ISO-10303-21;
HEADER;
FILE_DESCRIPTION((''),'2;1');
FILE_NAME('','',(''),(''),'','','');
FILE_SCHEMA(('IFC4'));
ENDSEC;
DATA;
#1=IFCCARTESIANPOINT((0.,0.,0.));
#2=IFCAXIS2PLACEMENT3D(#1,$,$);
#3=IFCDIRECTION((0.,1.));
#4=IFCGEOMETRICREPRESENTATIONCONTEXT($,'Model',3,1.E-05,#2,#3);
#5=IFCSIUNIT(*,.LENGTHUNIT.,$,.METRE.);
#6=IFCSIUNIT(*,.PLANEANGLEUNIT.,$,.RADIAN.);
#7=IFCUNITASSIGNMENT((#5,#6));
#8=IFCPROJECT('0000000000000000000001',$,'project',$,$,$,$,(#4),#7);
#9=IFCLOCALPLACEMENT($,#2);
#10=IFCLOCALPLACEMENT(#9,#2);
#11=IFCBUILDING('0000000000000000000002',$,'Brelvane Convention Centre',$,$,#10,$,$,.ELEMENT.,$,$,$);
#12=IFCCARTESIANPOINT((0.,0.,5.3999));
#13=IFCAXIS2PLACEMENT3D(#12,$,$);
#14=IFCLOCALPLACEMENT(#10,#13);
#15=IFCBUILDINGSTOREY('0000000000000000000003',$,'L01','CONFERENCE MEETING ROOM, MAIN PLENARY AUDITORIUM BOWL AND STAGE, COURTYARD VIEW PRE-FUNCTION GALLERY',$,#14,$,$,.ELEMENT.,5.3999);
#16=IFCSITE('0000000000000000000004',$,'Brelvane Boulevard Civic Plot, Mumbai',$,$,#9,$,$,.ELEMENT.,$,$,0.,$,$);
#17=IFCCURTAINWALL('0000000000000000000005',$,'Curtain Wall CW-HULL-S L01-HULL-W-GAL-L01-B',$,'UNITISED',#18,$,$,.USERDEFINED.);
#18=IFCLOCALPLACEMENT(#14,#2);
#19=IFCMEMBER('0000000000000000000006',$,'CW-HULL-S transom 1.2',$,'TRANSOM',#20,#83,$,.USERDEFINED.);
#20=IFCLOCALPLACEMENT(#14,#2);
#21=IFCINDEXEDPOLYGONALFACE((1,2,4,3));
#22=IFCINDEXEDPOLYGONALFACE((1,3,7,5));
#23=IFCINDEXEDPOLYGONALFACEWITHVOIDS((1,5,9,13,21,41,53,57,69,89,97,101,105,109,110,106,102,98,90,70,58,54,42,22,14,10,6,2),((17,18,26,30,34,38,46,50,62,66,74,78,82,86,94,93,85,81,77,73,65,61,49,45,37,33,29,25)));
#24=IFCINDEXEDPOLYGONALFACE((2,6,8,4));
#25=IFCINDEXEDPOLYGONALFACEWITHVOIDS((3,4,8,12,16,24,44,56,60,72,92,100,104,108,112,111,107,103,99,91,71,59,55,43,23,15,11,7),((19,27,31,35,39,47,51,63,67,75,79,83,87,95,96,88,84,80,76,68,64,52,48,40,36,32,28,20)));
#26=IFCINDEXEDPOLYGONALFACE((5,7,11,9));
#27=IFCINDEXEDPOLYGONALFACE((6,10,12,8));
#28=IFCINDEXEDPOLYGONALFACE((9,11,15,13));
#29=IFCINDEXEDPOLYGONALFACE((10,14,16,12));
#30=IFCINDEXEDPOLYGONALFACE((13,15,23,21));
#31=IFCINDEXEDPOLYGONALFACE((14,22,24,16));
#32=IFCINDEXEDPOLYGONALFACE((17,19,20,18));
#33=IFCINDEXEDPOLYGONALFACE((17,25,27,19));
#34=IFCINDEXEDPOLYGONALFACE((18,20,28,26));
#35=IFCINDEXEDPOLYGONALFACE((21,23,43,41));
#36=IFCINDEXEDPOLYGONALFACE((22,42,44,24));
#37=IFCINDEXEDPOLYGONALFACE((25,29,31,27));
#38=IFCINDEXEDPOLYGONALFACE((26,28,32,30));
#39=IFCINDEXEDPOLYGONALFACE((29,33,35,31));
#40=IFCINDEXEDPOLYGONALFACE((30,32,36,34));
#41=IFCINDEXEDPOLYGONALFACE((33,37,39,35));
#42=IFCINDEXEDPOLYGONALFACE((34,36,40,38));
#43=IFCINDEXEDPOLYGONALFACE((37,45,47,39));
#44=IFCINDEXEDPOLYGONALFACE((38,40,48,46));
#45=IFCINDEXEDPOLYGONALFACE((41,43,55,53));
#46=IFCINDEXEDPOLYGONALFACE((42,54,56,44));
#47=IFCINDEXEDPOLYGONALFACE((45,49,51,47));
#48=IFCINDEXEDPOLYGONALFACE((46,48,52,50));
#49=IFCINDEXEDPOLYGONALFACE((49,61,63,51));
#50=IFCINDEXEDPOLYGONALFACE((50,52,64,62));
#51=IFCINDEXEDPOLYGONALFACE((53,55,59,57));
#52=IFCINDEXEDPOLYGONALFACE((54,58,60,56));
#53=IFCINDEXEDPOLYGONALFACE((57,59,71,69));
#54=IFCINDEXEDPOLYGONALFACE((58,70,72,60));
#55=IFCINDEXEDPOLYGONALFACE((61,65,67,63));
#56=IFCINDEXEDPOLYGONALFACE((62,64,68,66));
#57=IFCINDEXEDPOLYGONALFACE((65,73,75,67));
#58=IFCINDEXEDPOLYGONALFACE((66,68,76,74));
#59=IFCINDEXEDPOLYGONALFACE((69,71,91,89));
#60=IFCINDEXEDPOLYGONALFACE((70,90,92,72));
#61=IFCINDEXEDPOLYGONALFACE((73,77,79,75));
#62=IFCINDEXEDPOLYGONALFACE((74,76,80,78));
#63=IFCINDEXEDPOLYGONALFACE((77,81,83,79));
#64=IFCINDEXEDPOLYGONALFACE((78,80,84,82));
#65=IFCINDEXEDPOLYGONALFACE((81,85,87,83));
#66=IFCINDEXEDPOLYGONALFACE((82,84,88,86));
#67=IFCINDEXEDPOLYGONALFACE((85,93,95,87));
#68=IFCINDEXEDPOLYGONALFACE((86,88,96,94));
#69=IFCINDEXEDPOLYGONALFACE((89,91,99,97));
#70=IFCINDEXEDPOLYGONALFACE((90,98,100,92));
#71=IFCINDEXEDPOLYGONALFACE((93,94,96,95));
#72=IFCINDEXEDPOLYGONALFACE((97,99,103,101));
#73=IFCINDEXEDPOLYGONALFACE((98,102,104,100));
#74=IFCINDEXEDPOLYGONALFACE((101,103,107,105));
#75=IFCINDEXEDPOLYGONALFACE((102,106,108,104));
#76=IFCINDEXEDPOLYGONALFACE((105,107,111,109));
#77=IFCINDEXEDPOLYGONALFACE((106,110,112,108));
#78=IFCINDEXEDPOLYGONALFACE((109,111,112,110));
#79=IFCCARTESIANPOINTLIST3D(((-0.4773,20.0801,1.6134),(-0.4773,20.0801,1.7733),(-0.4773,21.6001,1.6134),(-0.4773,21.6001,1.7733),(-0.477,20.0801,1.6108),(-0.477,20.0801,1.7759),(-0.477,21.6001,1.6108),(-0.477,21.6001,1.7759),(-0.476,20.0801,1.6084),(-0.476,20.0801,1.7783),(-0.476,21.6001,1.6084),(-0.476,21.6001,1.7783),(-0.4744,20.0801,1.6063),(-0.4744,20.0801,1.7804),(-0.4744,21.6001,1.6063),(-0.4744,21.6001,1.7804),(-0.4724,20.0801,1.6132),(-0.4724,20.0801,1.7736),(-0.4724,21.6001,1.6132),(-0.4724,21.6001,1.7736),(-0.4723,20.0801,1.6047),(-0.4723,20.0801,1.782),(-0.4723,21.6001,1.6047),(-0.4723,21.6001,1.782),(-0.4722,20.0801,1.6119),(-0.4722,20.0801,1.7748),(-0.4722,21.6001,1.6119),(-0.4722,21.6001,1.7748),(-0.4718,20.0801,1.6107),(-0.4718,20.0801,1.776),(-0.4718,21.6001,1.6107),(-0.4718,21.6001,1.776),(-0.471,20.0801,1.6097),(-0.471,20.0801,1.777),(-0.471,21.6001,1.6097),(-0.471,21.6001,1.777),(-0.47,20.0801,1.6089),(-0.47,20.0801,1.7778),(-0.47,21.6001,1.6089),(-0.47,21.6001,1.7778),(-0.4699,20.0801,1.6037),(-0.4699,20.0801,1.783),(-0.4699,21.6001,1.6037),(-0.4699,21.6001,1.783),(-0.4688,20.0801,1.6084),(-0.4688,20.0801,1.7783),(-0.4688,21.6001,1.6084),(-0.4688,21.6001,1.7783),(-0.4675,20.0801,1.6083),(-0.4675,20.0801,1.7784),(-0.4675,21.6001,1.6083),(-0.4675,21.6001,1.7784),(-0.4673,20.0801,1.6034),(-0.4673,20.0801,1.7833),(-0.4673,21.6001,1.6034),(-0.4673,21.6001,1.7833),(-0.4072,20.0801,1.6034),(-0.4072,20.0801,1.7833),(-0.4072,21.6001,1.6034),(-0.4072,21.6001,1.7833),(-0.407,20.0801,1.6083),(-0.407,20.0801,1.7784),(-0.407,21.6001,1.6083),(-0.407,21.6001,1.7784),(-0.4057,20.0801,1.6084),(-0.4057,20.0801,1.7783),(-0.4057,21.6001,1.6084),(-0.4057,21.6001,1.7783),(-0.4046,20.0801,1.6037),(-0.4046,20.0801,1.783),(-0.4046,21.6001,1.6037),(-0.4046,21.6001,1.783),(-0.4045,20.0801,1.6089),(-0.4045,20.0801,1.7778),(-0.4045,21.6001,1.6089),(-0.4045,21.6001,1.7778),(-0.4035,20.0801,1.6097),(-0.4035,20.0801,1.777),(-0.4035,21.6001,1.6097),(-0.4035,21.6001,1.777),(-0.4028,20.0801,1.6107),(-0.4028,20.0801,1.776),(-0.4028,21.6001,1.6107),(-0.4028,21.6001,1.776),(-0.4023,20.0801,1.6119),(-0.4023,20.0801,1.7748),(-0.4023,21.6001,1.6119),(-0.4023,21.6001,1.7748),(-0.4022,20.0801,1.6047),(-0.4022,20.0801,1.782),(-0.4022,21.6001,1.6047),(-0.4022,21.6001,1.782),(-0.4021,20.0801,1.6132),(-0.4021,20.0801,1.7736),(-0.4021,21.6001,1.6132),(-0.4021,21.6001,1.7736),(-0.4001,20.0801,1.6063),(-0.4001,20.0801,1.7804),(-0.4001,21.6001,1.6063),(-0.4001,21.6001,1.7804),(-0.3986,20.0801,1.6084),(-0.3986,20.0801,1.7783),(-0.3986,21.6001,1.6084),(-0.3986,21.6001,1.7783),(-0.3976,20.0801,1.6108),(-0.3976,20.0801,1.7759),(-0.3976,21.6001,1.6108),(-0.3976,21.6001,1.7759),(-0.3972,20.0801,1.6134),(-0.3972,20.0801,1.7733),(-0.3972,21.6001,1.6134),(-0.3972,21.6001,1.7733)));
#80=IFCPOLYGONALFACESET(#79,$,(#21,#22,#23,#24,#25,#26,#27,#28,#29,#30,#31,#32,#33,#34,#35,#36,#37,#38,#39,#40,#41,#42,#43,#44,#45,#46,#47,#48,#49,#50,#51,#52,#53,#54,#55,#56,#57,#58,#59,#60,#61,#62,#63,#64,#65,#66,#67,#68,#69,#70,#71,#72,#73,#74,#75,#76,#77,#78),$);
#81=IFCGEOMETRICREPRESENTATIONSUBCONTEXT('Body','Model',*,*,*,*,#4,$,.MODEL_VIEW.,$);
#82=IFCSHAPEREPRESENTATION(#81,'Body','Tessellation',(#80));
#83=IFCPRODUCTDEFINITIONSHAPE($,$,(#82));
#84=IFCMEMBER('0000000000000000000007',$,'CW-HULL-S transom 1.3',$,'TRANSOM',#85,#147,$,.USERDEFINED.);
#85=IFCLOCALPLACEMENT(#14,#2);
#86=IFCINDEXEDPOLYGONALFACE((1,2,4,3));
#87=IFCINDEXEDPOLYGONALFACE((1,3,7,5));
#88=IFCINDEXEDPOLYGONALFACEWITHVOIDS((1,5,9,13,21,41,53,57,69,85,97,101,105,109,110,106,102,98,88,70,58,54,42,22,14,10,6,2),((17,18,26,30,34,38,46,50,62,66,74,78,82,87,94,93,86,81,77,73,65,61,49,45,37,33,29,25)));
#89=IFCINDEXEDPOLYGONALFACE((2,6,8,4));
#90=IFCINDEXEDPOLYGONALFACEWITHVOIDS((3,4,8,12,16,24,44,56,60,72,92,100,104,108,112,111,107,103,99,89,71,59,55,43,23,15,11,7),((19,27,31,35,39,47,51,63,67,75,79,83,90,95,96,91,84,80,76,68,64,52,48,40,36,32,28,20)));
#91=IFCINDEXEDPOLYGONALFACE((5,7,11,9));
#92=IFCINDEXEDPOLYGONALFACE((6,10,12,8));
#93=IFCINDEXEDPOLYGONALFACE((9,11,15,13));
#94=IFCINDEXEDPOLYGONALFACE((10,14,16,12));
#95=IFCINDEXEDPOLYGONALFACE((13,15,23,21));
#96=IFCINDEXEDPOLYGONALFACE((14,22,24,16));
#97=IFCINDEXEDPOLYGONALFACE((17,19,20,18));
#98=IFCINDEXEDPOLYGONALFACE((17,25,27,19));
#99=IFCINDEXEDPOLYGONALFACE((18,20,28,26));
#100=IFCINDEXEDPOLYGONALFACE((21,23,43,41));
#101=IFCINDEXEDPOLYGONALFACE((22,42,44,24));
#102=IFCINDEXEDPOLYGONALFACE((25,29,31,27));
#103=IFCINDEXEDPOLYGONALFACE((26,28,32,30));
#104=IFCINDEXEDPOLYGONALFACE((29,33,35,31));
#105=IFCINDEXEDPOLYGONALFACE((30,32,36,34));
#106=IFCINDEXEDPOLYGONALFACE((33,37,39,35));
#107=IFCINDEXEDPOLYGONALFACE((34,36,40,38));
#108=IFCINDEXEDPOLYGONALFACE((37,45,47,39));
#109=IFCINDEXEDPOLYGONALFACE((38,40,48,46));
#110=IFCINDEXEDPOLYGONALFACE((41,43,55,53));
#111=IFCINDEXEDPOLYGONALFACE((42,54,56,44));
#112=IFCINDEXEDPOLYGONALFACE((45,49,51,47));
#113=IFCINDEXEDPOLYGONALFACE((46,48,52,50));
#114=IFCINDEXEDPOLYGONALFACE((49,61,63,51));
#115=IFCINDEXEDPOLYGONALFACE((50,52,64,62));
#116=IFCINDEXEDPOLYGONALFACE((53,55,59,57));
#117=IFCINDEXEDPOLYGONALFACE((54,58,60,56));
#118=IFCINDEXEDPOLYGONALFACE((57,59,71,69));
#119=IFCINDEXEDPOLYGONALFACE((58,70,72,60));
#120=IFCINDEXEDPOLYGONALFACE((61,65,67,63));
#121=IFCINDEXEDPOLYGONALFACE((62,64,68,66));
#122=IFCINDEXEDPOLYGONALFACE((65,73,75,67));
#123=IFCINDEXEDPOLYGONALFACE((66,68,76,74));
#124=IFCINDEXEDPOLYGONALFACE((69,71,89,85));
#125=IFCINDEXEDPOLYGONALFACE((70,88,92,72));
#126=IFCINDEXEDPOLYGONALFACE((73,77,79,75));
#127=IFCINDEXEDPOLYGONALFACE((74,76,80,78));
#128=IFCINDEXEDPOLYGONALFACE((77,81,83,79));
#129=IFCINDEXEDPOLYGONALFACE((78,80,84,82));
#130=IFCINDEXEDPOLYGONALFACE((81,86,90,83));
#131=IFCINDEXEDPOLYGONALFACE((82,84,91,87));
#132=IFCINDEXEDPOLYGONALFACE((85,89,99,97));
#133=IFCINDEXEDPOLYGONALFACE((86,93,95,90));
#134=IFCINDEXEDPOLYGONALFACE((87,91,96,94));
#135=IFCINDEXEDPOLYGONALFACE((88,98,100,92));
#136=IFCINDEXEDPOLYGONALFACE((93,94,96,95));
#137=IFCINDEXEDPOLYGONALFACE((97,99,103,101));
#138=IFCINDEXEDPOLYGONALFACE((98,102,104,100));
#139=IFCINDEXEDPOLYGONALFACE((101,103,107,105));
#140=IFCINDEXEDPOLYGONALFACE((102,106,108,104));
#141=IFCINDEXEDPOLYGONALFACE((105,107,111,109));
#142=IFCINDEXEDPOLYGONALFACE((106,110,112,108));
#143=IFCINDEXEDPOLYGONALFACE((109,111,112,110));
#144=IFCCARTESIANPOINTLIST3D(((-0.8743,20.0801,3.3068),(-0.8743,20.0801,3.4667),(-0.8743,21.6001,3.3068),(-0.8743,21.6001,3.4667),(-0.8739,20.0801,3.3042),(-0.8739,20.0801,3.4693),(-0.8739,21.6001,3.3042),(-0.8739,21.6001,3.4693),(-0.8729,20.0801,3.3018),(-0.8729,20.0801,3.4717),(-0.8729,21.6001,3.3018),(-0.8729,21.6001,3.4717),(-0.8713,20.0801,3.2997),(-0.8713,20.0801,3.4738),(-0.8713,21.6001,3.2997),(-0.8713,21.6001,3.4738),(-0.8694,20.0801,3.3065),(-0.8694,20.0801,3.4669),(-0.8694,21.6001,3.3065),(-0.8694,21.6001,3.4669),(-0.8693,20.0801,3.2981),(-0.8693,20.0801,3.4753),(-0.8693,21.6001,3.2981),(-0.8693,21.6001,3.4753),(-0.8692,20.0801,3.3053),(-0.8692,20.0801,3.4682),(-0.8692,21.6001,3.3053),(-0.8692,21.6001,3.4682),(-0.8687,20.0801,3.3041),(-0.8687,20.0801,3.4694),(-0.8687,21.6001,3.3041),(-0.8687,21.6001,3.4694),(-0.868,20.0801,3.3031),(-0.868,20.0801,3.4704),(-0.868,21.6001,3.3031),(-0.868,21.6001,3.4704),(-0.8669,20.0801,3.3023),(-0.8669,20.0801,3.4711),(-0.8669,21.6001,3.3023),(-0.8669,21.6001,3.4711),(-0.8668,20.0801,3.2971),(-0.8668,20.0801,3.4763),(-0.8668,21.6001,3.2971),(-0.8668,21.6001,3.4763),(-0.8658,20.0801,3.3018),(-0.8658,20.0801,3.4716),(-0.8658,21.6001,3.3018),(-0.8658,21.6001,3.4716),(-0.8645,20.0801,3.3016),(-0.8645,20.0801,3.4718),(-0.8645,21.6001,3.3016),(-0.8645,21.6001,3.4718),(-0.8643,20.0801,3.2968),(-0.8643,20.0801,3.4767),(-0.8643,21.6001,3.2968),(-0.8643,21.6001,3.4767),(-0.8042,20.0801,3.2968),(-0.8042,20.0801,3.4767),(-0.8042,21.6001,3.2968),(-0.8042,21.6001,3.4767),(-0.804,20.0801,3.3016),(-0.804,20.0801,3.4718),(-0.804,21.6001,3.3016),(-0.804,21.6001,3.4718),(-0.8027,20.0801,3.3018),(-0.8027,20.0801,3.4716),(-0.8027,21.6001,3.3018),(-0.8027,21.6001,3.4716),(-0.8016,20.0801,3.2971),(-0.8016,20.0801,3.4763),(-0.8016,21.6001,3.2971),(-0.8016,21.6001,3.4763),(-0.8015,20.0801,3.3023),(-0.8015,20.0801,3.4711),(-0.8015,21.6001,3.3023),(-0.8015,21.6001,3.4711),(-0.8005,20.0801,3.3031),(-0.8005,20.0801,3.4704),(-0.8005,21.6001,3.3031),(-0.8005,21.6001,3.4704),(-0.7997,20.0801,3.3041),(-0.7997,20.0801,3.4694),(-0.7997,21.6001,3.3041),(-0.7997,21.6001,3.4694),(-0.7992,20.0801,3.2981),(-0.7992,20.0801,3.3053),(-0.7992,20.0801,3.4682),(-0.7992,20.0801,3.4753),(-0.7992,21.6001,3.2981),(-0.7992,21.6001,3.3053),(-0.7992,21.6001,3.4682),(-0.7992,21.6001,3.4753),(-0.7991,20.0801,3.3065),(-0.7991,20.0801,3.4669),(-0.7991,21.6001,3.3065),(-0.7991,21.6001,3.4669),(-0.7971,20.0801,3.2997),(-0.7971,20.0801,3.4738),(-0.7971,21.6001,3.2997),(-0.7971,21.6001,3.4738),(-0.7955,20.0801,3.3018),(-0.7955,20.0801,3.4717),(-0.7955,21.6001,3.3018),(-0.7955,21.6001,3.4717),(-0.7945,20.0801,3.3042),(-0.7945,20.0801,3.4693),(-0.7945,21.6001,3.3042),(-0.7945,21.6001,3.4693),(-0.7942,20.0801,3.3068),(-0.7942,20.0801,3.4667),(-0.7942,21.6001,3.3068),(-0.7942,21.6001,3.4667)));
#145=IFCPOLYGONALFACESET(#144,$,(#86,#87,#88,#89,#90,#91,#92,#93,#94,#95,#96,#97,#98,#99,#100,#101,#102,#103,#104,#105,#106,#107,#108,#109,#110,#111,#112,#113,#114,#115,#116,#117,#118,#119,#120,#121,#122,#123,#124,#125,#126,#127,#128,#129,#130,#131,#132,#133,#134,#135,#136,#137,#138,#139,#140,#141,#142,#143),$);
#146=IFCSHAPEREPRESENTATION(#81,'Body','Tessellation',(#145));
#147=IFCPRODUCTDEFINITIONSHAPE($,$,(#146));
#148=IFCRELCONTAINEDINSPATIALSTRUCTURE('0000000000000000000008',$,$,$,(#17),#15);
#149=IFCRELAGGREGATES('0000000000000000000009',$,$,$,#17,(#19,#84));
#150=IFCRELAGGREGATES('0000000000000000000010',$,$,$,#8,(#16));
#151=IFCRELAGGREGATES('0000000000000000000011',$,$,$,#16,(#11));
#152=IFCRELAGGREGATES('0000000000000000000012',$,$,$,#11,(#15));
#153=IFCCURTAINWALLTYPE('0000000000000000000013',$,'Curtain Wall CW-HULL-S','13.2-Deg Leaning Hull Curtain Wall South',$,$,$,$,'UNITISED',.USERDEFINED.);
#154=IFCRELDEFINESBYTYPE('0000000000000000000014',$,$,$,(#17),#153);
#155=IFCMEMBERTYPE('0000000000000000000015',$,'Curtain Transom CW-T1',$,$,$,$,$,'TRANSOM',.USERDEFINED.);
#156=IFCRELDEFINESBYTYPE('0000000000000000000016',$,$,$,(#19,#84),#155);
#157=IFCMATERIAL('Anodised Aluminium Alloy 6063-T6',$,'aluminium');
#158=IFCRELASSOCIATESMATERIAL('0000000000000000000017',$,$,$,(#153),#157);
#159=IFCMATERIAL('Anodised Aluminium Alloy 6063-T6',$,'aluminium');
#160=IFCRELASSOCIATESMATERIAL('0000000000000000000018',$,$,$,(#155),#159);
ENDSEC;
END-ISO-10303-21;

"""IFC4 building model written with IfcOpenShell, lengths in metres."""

from ifc_helpers import new_model, si_unit, direction, frame, origin, origin_2d, place, context, subcontext, project, spatial, hollow_rectangle, extrude, material, material_profile, profile_set, type_object, element, aggregate, save


model = new_model("IFC4")

# Units and contexts
model_context = context("Model", 3, precision=1e-05, world=origin(), true_north=direction((0.0, 1.0)))
body_context = subcontext(model_context, "Body", "Model", "MODEL_VIEW")
ifc_project = project(units=[si_unit("LENGTHUNIT", "METRE"), si_unit("PLANEANGLEUNIT", "RADIAN")], contexts=[model_context])

# Site, building, storey
site_placement = place(None, origin())
site = spatial("IfcSite", under=ifc_project, at=site_placement, Name="Brelvane Boulevard Civic Plot, Mumbai", CompositionType="ELEMENT", RefElevation=0.0)
building_placement = place(site_placement, origin())
building = spatial("IfcBuilding", under=site, at=building_placement, Name="Brelvane Convention Centre", CompositionType="ELEMENT")
storey_placement = place(building_placement, frame((0.0, 0.0, 5.3999)))
storey = spatial("IfcBuildingStorey", under=building, at=storey_placement, Name="L01", Description="CONFERENCE MEETING ROOM, MAIN PLENARY AUDITORIUM BOWL AND STAGE, COURTYARD VIEW PRE-FUNCTION GALLERY", CompositionType="ELEMENT", Elevation=5.3999)

# Shared definitions
ifc_material_1 = material(Name="Anodised Aluminium Alloy 6063-T6", Category="aluminium")
curtain_wall_type = type_object("IfcCurtainWallType", Name="Curtain Wall CW-HULL-S", Description="13.2-Deg Leaning Hull Curtain Wall South", ElementType="UNITISED", PredefinedType="USERDEFINED", material=ifc_material_1)

# Curtain wall
curtain_wall_1_placement = place(storey_placement, origin())
curtain_wall_1 = element("IfcCurtainWall", 1, at=curtain_wall_1_placement, inside=storey, type_object=curtain_wall_type, Name="Curtain Wall CW-HULL-S L01-HULL-W-GAL-L01-B", ObjectType="UNITISED", PredefinedType="USERDEFINED")

# Members
ifc_material_2 = material(Name="Anodised Aluminium Alloy 6063-T6", Category="aluminium")
ifc_material_profile_1 = material_profile(ifc_material_2, hollow_rectangle(XDim=0.0801, YDim=0.1799, WallThickness=0.0049, InnerFilletRadius=0.0049, OuterFilletRadius=0.01, at=origin_2d()), Name="ALU-T 180x80x5.0")
ifc_profile_set_1 = profile_set([ifc_material_profile_1], Name="Anodised Aluminium Alloy 6063-T6")
member_type_1 = type_object("IfcMemberType", Name="Curtain Transom CW-T1", ElementType="TRANSOM", PredefinedType="USERDEFINED", material=ifc_profile_set_1)
member_1_placement = place(storey_placement, frame((-0.4373, 20.0801, 1.6934), z_axis=(0.0, 1.0, 0.0), x_axis=(-1.0, 0.0, 0.0)))
member_1 = element("IfcMember", 2, at=member_1_placement, type_object=member_type_1, Name="CW-HULL-S transom 1.2", ObjectType="TRANSOM", PredefinedType="USERDEFINED", context=body_context, shape_type="SweptSolid", body=[
    extrude(hollow_rectangle(XDim=0.0801, YDim=0.1799, WallThickness=0.0049, InnerFilletRadius=0.0049, OuterFilletRadius=0.01, at=origin_2d()), origin(), (0.0, 0.0, 1.0), 1.52),
])
member_2_placement = place(storey_placement, frame((-0.8342, 20.0801, 3.3867), z_axis=(0.0, 1.0, 0.0), x_axis=(-1.0, 0.0, 0.0)))
member_2 = element("IfcMember", 3, at=member_2_placement, type_object=member_type_1, Name="CW-HULL-S transom 1.3", ObjectType="TRANSOM", PredefinedType="USERDEFINED", context=body_context, shape_type="SweptSolid", body=[
    extrude(hollow_rectangle(XDim=0.0801, YDim=0.1799, WallThickness=0.0049, InnerFilletRadius=0.0049, OuterFilletRadius=0.01, at=origin_2d()), origin(), (0.0, 0.0, 1.0), 1.52),
])

aggregate(curtain_wall_1, [member_1, member_2])

save(model, "model.ifc")
